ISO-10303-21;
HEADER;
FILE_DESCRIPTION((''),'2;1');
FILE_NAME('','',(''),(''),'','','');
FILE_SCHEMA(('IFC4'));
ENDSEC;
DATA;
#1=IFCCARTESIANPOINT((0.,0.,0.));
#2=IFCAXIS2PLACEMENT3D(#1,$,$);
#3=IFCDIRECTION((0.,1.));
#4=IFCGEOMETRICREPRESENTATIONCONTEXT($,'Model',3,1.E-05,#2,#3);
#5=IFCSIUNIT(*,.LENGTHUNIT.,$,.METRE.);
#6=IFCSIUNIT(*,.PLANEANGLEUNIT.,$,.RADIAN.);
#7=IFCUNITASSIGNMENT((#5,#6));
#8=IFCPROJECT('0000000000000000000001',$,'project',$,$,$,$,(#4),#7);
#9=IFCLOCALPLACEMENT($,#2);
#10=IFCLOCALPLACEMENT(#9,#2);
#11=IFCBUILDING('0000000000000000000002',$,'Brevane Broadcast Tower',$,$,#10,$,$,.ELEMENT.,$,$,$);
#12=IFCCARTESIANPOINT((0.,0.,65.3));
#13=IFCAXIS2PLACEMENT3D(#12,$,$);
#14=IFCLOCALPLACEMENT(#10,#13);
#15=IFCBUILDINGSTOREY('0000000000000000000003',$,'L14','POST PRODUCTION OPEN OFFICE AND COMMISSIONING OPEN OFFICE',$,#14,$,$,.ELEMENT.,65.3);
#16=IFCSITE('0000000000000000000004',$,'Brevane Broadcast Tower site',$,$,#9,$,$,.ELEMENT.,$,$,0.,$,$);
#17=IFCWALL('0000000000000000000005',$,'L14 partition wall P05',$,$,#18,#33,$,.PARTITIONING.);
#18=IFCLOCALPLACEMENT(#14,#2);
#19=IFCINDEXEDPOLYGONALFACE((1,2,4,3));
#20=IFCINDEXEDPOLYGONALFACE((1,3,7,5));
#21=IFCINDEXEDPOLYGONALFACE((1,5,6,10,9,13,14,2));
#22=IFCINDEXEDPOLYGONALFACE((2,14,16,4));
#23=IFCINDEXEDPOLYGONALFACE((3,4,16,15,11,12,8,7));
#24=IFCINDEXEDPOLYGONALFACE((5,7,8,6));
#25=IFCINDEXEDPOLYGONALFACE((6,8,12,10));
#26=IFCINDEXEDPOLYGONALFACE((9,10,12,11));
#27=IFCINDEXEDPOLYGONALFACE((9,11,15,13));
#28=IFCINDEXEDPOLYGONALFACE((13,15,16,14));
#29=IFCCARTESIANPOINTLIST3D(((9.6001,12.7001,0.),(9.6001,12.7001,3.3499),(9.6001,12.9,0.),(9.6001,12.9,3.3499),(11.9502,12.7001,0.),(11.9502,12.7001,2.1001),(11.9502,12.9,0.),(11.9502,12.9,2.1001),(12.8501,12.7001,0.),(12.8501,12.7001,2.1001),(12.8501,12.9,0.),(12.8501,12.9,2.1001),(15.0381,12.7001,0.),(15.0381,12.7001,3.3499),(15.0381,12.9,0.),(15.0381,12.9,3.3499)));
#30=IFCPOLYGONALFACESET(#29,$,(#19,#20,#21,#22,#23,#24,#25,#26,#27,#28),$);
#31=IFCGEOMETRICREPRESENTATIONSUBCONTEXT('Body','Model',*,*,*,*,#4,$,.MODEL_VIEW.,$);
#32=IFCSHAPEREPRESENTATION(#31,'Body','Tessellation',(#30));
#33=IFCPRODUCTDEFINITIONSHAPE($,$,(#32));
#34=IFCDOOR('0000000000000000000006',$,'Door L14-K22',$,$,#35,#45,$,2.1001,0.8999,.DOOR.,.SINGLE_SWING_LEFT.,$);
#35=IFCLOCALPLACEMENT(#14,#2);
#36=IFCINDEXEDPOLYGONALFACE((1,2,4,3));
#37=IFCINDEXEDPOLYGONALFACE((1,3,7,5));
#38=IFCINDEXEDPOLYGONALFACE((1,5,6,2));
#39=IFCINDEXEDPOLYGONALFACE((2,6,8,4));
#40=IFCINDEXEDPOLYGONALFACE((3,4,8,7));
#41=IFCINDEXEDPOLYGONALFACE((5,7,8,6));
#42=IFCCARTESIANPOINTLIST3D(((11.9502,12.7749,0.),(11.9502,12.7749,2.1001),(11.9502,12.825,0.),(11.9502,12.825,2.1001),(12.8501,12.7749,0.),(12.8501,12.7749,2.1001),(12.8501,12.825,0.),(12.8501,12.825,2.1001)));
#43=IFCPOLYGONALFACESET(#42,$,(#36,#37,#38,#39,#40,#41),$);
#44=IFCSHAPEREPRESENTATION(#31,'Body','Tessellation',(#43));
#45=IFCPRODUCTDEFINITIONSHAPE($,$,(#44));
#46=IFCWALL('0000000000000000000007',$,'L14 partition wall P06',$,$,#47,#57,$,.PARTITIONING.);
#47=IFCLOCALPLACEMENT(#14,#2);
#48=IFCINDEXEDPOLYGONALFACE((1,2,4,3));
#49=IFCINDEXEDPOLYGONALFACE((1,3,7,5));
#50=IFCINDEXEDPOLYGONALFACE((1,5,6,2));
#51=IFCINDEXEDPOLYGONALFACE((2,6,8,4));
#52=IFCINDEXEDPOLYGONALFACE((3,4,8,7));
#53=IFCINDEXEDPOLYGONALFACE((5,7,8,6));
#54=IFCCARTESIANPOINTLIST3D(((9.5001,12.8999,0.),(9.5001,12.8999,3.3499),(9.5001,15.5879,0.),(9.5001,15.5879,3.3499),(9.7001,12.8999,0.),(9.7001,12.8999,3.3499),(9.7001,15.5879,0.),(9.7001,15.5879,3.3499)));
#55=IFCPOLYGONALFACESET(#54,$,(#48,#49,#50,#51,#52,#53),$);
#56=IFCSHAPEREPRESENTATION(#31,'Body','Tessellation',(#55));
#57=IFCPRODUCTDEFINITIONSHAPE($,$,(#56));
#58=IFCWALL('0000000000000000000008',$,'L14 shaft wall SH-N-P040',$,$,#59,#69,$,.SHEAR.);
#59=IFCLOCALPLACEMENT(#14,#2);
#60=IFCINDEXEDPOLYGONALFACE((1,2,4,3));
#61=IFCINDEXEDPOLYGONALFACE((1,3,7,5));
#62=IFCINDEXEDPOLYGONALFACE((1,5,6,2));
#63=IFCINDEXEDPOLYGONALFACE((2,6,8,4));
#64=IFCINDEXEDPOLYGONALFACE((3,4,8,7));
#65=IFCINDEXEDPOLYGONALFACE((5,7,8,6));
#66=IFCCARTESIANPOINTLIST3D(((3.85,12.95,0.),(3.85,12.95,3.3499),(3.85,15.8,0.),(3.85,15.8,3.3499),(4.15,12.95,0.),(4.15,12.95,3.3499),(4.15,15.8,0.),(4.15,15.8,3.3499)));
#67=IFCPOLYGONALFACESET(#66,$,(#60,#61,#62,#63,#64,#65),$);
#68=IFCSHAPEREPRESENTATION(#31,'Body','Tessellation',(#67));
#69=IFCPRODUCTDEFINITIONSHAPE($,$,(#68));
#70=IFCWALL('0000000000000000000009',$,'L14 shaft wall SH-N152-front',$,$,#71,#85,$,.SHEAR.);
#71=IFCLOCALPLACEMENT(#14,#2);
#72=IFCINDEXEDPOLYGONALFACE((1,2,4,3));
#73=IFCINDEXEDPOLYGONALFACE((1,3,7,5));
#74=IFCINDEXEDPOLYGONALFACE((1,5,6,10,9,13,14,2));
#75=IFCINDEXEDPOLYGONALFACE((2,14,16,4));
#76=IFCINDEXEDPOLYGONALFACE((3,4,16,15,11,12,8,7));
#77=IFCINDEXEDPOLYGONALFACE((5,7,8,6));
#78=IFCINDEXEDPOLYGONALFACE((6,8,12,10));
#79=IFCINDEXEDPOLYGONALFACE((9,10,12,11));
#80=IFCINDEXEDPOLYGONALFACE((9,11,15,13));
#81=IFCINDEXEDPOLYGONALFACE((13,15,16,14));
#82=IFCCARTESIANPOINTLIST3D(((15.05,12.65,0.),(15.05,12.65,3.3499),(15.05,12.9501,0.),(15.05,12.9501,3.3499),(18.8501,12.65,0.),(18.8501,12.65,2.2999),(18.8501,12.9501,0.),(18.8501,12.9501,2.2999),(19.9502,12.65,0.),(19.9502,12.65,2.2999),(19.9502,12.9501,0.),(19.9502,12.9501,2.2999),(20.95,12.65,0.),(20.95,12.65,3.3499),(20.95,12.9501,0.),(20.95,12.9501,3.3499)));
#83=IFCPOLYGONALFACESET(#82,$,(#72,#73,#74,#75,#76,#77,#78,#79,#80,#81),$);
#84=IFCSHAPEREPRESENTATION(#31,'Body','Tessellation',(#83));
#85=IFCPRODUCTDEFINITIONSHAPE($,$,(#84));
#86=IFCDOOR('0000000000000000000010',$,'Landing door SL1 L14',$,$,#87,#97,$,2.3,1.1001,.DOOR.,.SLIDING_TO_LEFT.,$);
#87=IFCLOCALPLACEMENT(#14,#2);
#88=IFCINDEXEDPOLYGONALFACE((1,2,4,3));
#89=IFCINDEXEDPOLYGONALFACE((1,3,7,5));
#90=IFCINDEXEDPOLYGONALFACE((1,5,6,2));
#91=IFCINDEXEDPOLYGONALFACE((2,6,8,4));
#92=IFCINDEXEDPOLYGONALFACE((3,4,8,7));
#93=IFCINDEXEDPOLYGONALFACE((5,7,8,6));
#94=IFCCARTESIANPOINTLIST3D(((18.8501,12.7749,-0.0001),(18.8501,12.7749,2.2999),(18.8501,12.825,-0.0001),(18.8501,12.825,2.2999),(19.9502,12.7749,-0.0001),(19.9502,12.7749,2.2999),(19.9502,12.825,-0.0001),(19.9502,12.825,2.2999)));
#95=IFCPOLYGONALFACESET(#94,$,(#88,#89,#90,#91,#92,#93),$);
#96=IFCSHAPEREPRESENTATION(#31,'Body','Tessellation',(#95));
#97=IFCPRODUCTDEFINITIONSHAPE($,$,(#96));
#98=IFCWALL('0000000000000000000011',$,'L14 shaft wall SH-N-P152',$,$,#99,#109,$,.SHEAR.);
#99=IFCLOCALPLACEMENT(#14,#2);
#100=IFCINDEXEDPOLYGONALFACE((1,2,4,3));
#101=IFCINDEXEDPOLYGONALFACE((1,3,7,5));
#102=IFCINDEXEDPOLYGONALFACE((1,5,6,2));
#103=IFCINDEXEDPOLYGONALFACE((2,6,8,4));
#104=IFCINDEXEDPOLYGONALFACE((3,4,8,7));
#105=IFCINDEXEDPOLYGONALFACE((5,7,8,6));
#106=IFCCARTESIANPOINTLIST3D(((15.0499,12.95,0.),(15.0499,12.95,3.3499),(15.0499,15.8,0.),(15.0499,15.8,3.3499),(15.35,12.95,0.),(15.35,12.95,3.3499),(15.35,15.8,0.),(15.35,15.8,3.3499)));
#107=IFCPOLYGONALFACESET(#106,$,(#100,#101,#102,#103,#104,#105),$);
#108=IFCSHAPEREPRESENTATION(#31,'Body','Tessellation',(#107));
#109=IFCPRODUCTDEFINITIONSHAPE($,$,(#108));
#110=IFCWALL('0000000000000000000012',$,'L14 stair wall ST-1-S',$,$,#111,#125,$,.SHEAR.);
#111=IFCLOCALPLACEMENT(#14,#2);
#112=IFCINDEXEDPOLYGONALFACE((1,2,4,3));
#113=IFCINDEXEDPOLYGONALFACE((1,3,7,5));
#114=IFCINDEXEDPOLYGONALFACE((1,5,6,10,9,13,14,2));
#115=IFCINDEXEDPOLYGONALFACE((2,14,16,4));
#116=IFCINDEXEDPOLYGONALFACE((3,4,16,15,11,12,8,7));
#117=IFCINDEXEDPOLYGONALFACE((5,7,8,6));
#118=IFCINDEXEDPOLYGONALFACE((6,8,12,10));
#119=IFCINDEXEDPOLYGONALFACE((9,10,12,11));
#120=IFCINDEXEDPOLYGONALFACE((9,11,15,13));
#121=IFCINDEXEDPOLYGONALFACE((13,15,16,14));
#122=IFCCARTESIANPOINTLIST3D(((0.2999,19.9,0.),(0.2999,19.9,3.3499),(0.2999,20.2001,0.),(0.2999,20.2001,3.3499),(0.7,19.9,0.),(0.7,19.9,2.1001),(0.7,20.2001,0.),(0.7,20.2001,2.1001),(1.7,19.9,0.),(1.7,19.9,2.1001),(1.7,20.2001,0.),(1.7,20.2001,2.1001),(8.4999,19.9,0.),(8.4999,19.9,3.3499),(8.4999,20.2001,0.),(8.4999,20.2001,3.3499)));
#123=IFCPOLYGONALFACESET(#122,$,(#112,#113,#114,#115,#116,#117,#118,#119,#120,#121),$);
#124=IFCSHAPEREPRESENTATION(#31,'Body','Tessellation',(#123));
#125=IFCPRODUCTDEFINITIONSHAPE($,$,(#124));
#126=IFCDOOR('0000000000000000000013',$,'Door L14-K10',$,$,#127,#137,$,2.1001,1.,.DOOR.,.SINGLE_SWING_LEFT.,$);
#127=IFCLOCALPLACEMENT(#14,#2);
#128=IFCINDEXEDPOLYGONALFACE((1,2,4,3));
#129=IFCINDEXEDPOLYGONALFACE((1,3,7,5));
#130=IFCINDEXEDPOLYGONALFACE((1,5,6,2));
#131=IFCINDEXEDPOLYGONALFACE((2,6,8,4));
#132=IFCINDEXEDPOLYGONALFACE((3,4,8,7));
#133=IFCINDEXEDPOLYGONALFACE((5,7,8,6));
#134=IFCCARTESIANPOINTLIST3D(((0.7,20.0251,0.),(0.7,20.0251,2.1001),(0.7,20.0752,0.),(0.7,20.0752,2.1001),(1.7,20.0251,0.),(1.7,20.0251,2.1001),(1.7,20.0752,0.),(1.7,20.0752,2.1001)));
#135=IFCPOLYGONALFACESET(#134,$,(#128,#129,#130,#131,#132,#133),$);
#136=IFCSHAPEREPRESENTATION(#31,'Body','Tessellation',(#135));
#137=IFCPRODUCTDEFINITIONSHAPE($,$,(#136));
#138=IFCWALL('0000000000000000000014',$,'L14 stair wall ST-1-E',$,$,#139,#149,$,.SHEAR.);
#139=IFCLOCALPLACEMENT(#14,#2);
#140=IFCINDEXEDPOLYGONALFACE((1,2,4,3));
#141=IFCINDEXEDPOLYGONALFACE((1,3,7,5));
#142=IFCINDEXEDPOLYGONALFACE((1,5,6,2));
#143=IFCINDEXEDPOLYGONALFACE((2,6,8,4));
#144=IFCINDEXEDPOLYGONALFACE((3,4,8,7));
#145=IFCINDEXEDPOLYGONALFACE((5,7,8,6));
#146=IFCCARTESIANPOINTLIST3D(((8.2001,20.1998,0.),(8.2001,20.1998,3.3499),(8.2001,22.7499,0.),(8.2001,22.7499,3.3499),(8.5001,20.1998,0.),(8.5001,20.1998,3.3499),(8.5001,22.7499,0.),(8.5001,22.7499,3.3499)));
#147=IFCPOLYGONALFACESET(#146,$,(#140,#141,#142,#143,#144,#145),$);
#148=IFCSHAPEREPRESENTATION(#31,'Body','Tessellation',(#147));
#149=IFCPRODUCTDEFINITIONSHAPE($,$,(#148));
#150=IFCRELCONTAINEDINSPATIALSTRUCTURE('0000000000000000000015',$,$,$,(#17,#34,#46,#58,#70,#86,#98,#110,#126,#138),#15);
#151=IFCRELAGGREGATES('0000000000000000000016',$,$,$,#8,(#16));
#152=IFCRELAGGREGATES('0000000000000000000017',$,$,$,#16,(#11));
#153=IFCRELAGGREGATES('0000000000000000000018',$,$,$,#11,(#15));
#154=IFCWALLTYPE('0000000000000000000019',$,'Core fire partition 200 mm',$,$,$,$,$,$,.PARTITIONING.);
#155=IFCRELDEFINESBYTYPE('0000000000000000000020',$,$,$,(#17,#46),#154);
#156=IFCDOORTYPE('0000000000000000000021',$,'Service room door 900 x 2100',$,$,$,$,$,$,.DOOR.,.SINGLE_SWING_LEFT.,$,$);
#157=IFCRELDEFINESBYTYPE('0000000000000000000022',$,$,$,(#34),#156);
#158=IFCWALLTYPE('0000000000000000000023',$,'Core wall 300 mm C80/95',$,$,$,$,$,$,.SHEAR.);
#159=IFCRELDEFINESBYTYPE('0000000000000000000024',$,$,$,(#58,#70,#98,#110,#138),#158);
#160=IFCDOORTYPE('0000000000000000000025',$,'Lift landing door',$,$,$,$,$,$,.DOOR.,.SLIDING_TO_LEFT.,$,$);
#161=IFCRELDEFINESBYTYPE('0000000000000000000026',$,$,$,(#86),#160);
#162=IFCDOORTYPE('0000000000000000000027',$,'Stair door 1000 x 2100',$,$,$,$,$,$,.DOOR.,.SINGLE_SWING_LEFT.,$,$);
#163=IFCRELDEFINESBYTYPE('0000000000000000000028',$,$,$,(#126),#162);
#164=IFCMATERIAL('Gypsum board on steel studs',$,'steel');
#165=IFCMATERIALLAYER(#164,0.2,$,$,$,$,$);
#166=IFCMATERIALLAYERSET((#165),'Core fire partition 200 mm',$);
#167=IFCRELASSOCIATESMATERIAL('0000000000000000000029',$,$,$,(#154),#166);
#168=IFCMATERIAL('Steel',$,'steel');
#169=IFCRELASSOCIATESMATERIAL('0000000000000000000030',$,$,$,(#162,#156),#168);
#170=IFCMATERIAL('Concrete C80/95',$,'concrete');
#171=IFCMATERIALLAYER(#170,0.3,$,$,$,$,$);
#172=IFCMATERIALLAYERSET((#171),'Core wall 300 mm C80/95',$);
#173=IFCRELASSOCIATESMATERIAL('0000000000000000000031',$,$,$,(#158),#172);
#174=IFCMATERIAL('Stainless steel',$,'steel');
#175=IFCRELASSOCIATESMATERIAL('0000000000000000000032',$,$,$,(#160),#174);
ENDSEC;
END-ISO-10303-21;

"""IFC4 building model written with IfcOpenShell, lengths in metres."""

from ifc_helpers import new_model, si_unit, direction, frame, frame_2d, origin, place, context, subcontext, project, spatial, rectangle, extrude, material, layer, layer_set, type_object, element, fill, save


model = new_model("IFC4")

# Units and contexts
model_context = context("Model", 3, precision=1e-05, world=origin(), true_north=direction((0.0, 1.0)))
body_context = subcontext(model_context, "Body", "Model", "MODEL_VIEW")
ifc_project = project(units=[si_unit("LENGTHUNIT", "METRE"), si_unit("PLANEANGLEUNIT", "RADIAN")], contexts=[model_context])

# Site, building, storey
site_placement = place(None, origin())
site = spatial("IfcSite", under=ifc_project, at=site_placement, Name="Brevane Broadcast Tower site", CompositionType="ELEMENT", RefElevation=0.0)
building_placement = place(site_placement, origin())
building = spatial("IfcBuilding", under=site, at=building_placement, Name="Brevane Broadcast Tower", CompositionType="ELEMENT")
storey_placement = place(building_placement, frame((0.0, 0.0, 65.3)))
storey = spatial("IfcBuildingStorey", under=building, at=storey_placement, Name="L14", Description="POST PRODUCTION OPEN OFFICE AND COMMISSIONING OPEN OFFICE", CompositionType="ELEMENT", Elevation=65.3)

# Shared definitions
ifc_material_1 = material(Name="Gypsum board on steel studs", Category="steel")
ifc_material_2 = material(Name="Steel", Category="steel")

# Wall, opening, door
ifc_layer_1 = layer(ifc_material_1, 0.2)
ifc_layer_set_1 = layer_set([ifc_layer_1], Name="Core fire partition 200 mm")
wall_type_1 = type_object("IfcWallType", Name="Core fire partition 200 mm", PredefinedType="PARTITIONING", material=ifc_layer_set_1)
door_type_1 = type_object("IfcDoorType", Name="Stair door 1000 x 2100", OperationType="SINGLE_SWING_LEFT", PredefinedType="DOOR", material=ifc_material_2)
door_type_2 = type_object("IfcDoorType", Name="Service room door 900 x 2100", OperationType="SINGLE_SWING_LEFT", PredefinedType="DOOR", material=ifc_material_2)
wall_1_placement = place(storey_placement, frame((9.6001, 12.8, 0.0), z_axis=(0.0, 0.0, 1.0), x_axis=(1.0, 0.0, 0.0)))
wall_1 = element("IfcWall", 1, at=wall_1_placement, inside=storey, type_object=wall_type_1, Name="L14 partition wall P05", PredefinedType="PARTITIONING", context=body_context, shape_type="SweptSolid", body=[
    extrude(rectangle(XDim=5.438, YDim=0.2, at=frame_2d((2.719, 0.0))), origin(), (0.0, 0.0, 1.0), 3.3499),
])
opening_1_placement = place(wall_1_placement, frame((2.3501, 0.0, 0.0)))
opening_1 = element("IfcOpeningElement", 2, at=opening_1_placement, cuts=wall_1, PredefinedType="OPENING", context=body_context, shape_type="SweptSolid", body=[
    extrude(rectangle(XDim=0.8999, YDim=2.1001, at=frame_2d((0.45, 1.05))), frame((0.0, 0.1099, 0.0), z_axis=(0.0, -1.0, 0.0), x_axis=(1.0, 0.0, 0.0)), (0.0, 0.0, 1.0), 0.22),
])
door_1_placement = place(opening_1_placement, origin())
door_1 = element("IfcDoor", 3, at=door_1_placement, inside=storey, type_object=door_type_2, Name="Door L14-K22", OperationType="SINGLE_SWING_LEFT", OverallHeight=2.1001, OverallWidth=0.8999, PredefinedType="DOOR", context=body_context, shape_type="SweptSolid", body=[
    extrude(rectangle(XDim=0.8999, YDim=2.1001, at=frame_2d((0.45, 1.05))), frame((0.0, 0.0249, 0.0), z_axis=(0.0, -1.0, 0.0), x_axis=(1.0, 0.0, 0.0)), (0.0, 0.0, 1.0), 0.05),
])
fill(opening_1, door_1)

# Walls
wall_2_placement = place(storey_placement, frame((9.6001, 15.5879, 0.0), z_axis=(0.0, 0.0, 1.0), x_axis=(0.0, -1.0, 0.0)))
element("IfcWall", 4, at=wall_2_placement, inside=storey, type_object=wall_type_1, Name="L14 partition wall P06", PredefinedType="PARTITIONING", context=body_context, shape_type="SweptSolid", body=[
    extrude(rectangle(XDim=2.688, YDim=0.2, at=frame_2d((1.344, 0.0))), origin(), (0.0, 0.0, 1.0), 3.3499),
])
ifc_material_3 = material(Name="Concrete C80/95", Category="concrete")
ifc_layer_2 = layer(ifc_material_3, 0.3)
ifc_layer_set_2 = layer_set([ifc_layer_2], Name="Core wall 300 mm C80/95")
wall_type_2 = type_object("IfcWallType", Name="Core wall 300 mm C80/95", PredefinedType="SHEAR", material=ifc_layer_set_2)
wall_3_placement = place(storey_placement, frame((4.0, 12.95, 0.0), z_axis=(0.0, 0.0, 1.0), x_axis=(0.0, 1.0, 0.0)))
element("IfcWall", 5, at=wall_3_placement, inside=storey, type_object=wall_type_2, Name="L14 shaft wall SH-N-P040", PredefinedType="SHEAR", context=body_context, shape_type="SweptSolid", body=[
    extrude(rectangle(XDim=2.8501, YDim=0.3, at=frame_2d((1.425, 0.0))), origin(), (0.0, 0.0, 1.0), 3.3499),
])

# Wall, opening, door
wall_4_placement = place(storey_placement, frame((15.05, 12.8, 0.0), z_axis=(0.0, 0.0, 1.0), x_axis=(1.0, 0.0, 0.0)))
wall_4 = element("IfcWall", 6, at=wall_4_placement, inside=storey, type_object=wall_type_2, Name="L14 shaft wall SH-N152-front", PredefinedType="SHEAR", context=body_context, shape_type="SweptSolid", body=[
    extrude(rectangle(XDim=5.8999, YDim=0.3, at=frame_2d((2.95, 0.0))), origin(), (0.0, 0.0, 1.0), 3.3499),
])
opening_2_placement = place(wall_4_placement, frame((3.8, 0.0, 0.0)))
opening_2 = element("IfcOpeningElement", 7, at=opening_2_placement, cuts=wall_4, PredefinedType="OPENING", context=body_context, shape_type="SweptSolid", body=[
    extrude(rectangle(XDim=1.1001, YDim=2.3, at=frame_2d((0.55, 1.1499))), frame((0.0, 0.1599, 0.0), z_axis=(0.0, -1.0, 0.0), x_axis=(1.0, 0.0, 0.0)), (0.0, 0.0, 1.0), 0.3201),
])
ifc_material_4 = material(Name="Stainless steel", Category="steel")
door_type_3 = type_object("IfcDoorType", Name="Lift landing door", OperationType="SLIDING_TO_LEFT", PredefinedType="DOOR", material=ifc_material_4)
door_2_placement = place(opening_2_placement, origin())
door_2 = element("IfcDoor", 8, at=door_2_placement, inside=storey, type_object=door_type_3, Name="Landing door SL1 L14", OperationType="SLIDING_TO_LEFT", OverallHeight=2.3, OverallWidth=1.1001, PredefinedType="DOOR", context=body_context, shape_type="SweptSolid", body=[
    extrude(rectangle(XDim=1.1001, YDim=2.3, at=frame_2d((0.55, 1.1499))), frame((0.0, 0.0249, 0.0), z_axis=(0.0, -1.0, 0.0), x_axis=(1.0, 0.0, 0.0)), (0.0, 0.0, 1.0), 0.05),
])
fill(opening_2, door_2)

# Wall
wall_5_placement = place(storey_placement, frame((15.2, 12.95, 0.0), z_axis=(0.0, 0.0, 1.0), x_axis=(0.0, 1.0, 0.0)))
element("IfcWall", 9, at=wall_5_placement, inside=storey, type_object=wall_type_2, Name="L14 shaft wall SH-N-P152", PredefinedType="SHEAR", context=body_context, shape_type="SweptSolid", body=[
    extrude(rectangle(XDim=2.8501, YDim=0.3, at=frame_2d((1.425, 0.0))), origin(), (0.0, 0.0, 1.0), 3.3499),
])

# Wall, opening, door
wall_6_placement = place(storey_placement, frame((8.5, 20.05, 0.0), z_axis=(0.0, 0.0, 1.0), x_axis=(-1.0, 0.0, 0.0)))
wall_6 = element("IfcWall", 10, at=wall_6_placement, inside=storey, type_object=wall_type_2, Name="L14 stair wall ST-1-S", PredefinedType="SHEAR", context=body_context, shape_type="SweptSolid", body=[
    extrude(rectangle(XDim=8.2, YDim=0.3, at=frame_2d((4.1001, 0.0))), origin(), (0.0, 0.0, 1.0), 3.3499),
])
opening_3_placement = place(wall_6_placement, frame((6.8, 0.0, 0.0)))
opening_3 = element("IfcOpeningElement", 11, at=opening_3_placement, cuts=wall_6, PredefinedType="OPENING", context=body_context, shape_type="SweptSolid", body=[
    extrude(rectangle(XDim=1.0, YDim=2.1001, at=frame_2d((0.5, 1.05))), frame((0.0, 0.1599, 0.0), z_axis=(0.0, -1.0, 0.0), x_axis=(1.0, 0.0, 0.0)), (0.0, 0.0, 1.0), 0.3201),
])
door_3_placement = place(opening_3_placement, origin())
door_3 = element("IfcDoor", 12, at=door_3_placement, inside=storey, type_object=door_type_1, Name="Door L14-K10", OperationType="SINGLE_SWING_LEFT", OverallHeight=2.1001, OverallWidth=1.0, PredefinedType="DOOR", context=body_context, shape_type="SweptSolid", body=[
    extrude(rectangle(XDim=1.0, YDim=2.1001, at=frame_2d((0.5, 1.05))), frame((0.0, 0.0249, 0.0), z_axis=(0.0, -1.0, 0.0), x_axis=(1.0, 0.0, 0.0)), (0.0, 0.0, 1.0), 0.05),
])
fill(opening_3, door_3)

# Wall
wall_7_placement = place(storey_placement, frame((8.3501, 20.2, 0.0), z_axis=(0.0, 0.0, 1.0), x_axis=(0.0, 1.0, 0.0)))
element("IfcWall", 13, at=wall_7_placement, inside=storey, type_object=wall_type_2, Name="L14 stair wall ST-1-E", PredefinedType="SHEAR", context=body_context, shape_type="SweptSolid", body=[
    extrude(rectangle(XDim=2.55, YDim=0.3, at=frame_2d((1.2749, 0.0))), origin(), (0.0, 0.0, 1.0), 3.3499),
])

save(model, "model.ifc")
